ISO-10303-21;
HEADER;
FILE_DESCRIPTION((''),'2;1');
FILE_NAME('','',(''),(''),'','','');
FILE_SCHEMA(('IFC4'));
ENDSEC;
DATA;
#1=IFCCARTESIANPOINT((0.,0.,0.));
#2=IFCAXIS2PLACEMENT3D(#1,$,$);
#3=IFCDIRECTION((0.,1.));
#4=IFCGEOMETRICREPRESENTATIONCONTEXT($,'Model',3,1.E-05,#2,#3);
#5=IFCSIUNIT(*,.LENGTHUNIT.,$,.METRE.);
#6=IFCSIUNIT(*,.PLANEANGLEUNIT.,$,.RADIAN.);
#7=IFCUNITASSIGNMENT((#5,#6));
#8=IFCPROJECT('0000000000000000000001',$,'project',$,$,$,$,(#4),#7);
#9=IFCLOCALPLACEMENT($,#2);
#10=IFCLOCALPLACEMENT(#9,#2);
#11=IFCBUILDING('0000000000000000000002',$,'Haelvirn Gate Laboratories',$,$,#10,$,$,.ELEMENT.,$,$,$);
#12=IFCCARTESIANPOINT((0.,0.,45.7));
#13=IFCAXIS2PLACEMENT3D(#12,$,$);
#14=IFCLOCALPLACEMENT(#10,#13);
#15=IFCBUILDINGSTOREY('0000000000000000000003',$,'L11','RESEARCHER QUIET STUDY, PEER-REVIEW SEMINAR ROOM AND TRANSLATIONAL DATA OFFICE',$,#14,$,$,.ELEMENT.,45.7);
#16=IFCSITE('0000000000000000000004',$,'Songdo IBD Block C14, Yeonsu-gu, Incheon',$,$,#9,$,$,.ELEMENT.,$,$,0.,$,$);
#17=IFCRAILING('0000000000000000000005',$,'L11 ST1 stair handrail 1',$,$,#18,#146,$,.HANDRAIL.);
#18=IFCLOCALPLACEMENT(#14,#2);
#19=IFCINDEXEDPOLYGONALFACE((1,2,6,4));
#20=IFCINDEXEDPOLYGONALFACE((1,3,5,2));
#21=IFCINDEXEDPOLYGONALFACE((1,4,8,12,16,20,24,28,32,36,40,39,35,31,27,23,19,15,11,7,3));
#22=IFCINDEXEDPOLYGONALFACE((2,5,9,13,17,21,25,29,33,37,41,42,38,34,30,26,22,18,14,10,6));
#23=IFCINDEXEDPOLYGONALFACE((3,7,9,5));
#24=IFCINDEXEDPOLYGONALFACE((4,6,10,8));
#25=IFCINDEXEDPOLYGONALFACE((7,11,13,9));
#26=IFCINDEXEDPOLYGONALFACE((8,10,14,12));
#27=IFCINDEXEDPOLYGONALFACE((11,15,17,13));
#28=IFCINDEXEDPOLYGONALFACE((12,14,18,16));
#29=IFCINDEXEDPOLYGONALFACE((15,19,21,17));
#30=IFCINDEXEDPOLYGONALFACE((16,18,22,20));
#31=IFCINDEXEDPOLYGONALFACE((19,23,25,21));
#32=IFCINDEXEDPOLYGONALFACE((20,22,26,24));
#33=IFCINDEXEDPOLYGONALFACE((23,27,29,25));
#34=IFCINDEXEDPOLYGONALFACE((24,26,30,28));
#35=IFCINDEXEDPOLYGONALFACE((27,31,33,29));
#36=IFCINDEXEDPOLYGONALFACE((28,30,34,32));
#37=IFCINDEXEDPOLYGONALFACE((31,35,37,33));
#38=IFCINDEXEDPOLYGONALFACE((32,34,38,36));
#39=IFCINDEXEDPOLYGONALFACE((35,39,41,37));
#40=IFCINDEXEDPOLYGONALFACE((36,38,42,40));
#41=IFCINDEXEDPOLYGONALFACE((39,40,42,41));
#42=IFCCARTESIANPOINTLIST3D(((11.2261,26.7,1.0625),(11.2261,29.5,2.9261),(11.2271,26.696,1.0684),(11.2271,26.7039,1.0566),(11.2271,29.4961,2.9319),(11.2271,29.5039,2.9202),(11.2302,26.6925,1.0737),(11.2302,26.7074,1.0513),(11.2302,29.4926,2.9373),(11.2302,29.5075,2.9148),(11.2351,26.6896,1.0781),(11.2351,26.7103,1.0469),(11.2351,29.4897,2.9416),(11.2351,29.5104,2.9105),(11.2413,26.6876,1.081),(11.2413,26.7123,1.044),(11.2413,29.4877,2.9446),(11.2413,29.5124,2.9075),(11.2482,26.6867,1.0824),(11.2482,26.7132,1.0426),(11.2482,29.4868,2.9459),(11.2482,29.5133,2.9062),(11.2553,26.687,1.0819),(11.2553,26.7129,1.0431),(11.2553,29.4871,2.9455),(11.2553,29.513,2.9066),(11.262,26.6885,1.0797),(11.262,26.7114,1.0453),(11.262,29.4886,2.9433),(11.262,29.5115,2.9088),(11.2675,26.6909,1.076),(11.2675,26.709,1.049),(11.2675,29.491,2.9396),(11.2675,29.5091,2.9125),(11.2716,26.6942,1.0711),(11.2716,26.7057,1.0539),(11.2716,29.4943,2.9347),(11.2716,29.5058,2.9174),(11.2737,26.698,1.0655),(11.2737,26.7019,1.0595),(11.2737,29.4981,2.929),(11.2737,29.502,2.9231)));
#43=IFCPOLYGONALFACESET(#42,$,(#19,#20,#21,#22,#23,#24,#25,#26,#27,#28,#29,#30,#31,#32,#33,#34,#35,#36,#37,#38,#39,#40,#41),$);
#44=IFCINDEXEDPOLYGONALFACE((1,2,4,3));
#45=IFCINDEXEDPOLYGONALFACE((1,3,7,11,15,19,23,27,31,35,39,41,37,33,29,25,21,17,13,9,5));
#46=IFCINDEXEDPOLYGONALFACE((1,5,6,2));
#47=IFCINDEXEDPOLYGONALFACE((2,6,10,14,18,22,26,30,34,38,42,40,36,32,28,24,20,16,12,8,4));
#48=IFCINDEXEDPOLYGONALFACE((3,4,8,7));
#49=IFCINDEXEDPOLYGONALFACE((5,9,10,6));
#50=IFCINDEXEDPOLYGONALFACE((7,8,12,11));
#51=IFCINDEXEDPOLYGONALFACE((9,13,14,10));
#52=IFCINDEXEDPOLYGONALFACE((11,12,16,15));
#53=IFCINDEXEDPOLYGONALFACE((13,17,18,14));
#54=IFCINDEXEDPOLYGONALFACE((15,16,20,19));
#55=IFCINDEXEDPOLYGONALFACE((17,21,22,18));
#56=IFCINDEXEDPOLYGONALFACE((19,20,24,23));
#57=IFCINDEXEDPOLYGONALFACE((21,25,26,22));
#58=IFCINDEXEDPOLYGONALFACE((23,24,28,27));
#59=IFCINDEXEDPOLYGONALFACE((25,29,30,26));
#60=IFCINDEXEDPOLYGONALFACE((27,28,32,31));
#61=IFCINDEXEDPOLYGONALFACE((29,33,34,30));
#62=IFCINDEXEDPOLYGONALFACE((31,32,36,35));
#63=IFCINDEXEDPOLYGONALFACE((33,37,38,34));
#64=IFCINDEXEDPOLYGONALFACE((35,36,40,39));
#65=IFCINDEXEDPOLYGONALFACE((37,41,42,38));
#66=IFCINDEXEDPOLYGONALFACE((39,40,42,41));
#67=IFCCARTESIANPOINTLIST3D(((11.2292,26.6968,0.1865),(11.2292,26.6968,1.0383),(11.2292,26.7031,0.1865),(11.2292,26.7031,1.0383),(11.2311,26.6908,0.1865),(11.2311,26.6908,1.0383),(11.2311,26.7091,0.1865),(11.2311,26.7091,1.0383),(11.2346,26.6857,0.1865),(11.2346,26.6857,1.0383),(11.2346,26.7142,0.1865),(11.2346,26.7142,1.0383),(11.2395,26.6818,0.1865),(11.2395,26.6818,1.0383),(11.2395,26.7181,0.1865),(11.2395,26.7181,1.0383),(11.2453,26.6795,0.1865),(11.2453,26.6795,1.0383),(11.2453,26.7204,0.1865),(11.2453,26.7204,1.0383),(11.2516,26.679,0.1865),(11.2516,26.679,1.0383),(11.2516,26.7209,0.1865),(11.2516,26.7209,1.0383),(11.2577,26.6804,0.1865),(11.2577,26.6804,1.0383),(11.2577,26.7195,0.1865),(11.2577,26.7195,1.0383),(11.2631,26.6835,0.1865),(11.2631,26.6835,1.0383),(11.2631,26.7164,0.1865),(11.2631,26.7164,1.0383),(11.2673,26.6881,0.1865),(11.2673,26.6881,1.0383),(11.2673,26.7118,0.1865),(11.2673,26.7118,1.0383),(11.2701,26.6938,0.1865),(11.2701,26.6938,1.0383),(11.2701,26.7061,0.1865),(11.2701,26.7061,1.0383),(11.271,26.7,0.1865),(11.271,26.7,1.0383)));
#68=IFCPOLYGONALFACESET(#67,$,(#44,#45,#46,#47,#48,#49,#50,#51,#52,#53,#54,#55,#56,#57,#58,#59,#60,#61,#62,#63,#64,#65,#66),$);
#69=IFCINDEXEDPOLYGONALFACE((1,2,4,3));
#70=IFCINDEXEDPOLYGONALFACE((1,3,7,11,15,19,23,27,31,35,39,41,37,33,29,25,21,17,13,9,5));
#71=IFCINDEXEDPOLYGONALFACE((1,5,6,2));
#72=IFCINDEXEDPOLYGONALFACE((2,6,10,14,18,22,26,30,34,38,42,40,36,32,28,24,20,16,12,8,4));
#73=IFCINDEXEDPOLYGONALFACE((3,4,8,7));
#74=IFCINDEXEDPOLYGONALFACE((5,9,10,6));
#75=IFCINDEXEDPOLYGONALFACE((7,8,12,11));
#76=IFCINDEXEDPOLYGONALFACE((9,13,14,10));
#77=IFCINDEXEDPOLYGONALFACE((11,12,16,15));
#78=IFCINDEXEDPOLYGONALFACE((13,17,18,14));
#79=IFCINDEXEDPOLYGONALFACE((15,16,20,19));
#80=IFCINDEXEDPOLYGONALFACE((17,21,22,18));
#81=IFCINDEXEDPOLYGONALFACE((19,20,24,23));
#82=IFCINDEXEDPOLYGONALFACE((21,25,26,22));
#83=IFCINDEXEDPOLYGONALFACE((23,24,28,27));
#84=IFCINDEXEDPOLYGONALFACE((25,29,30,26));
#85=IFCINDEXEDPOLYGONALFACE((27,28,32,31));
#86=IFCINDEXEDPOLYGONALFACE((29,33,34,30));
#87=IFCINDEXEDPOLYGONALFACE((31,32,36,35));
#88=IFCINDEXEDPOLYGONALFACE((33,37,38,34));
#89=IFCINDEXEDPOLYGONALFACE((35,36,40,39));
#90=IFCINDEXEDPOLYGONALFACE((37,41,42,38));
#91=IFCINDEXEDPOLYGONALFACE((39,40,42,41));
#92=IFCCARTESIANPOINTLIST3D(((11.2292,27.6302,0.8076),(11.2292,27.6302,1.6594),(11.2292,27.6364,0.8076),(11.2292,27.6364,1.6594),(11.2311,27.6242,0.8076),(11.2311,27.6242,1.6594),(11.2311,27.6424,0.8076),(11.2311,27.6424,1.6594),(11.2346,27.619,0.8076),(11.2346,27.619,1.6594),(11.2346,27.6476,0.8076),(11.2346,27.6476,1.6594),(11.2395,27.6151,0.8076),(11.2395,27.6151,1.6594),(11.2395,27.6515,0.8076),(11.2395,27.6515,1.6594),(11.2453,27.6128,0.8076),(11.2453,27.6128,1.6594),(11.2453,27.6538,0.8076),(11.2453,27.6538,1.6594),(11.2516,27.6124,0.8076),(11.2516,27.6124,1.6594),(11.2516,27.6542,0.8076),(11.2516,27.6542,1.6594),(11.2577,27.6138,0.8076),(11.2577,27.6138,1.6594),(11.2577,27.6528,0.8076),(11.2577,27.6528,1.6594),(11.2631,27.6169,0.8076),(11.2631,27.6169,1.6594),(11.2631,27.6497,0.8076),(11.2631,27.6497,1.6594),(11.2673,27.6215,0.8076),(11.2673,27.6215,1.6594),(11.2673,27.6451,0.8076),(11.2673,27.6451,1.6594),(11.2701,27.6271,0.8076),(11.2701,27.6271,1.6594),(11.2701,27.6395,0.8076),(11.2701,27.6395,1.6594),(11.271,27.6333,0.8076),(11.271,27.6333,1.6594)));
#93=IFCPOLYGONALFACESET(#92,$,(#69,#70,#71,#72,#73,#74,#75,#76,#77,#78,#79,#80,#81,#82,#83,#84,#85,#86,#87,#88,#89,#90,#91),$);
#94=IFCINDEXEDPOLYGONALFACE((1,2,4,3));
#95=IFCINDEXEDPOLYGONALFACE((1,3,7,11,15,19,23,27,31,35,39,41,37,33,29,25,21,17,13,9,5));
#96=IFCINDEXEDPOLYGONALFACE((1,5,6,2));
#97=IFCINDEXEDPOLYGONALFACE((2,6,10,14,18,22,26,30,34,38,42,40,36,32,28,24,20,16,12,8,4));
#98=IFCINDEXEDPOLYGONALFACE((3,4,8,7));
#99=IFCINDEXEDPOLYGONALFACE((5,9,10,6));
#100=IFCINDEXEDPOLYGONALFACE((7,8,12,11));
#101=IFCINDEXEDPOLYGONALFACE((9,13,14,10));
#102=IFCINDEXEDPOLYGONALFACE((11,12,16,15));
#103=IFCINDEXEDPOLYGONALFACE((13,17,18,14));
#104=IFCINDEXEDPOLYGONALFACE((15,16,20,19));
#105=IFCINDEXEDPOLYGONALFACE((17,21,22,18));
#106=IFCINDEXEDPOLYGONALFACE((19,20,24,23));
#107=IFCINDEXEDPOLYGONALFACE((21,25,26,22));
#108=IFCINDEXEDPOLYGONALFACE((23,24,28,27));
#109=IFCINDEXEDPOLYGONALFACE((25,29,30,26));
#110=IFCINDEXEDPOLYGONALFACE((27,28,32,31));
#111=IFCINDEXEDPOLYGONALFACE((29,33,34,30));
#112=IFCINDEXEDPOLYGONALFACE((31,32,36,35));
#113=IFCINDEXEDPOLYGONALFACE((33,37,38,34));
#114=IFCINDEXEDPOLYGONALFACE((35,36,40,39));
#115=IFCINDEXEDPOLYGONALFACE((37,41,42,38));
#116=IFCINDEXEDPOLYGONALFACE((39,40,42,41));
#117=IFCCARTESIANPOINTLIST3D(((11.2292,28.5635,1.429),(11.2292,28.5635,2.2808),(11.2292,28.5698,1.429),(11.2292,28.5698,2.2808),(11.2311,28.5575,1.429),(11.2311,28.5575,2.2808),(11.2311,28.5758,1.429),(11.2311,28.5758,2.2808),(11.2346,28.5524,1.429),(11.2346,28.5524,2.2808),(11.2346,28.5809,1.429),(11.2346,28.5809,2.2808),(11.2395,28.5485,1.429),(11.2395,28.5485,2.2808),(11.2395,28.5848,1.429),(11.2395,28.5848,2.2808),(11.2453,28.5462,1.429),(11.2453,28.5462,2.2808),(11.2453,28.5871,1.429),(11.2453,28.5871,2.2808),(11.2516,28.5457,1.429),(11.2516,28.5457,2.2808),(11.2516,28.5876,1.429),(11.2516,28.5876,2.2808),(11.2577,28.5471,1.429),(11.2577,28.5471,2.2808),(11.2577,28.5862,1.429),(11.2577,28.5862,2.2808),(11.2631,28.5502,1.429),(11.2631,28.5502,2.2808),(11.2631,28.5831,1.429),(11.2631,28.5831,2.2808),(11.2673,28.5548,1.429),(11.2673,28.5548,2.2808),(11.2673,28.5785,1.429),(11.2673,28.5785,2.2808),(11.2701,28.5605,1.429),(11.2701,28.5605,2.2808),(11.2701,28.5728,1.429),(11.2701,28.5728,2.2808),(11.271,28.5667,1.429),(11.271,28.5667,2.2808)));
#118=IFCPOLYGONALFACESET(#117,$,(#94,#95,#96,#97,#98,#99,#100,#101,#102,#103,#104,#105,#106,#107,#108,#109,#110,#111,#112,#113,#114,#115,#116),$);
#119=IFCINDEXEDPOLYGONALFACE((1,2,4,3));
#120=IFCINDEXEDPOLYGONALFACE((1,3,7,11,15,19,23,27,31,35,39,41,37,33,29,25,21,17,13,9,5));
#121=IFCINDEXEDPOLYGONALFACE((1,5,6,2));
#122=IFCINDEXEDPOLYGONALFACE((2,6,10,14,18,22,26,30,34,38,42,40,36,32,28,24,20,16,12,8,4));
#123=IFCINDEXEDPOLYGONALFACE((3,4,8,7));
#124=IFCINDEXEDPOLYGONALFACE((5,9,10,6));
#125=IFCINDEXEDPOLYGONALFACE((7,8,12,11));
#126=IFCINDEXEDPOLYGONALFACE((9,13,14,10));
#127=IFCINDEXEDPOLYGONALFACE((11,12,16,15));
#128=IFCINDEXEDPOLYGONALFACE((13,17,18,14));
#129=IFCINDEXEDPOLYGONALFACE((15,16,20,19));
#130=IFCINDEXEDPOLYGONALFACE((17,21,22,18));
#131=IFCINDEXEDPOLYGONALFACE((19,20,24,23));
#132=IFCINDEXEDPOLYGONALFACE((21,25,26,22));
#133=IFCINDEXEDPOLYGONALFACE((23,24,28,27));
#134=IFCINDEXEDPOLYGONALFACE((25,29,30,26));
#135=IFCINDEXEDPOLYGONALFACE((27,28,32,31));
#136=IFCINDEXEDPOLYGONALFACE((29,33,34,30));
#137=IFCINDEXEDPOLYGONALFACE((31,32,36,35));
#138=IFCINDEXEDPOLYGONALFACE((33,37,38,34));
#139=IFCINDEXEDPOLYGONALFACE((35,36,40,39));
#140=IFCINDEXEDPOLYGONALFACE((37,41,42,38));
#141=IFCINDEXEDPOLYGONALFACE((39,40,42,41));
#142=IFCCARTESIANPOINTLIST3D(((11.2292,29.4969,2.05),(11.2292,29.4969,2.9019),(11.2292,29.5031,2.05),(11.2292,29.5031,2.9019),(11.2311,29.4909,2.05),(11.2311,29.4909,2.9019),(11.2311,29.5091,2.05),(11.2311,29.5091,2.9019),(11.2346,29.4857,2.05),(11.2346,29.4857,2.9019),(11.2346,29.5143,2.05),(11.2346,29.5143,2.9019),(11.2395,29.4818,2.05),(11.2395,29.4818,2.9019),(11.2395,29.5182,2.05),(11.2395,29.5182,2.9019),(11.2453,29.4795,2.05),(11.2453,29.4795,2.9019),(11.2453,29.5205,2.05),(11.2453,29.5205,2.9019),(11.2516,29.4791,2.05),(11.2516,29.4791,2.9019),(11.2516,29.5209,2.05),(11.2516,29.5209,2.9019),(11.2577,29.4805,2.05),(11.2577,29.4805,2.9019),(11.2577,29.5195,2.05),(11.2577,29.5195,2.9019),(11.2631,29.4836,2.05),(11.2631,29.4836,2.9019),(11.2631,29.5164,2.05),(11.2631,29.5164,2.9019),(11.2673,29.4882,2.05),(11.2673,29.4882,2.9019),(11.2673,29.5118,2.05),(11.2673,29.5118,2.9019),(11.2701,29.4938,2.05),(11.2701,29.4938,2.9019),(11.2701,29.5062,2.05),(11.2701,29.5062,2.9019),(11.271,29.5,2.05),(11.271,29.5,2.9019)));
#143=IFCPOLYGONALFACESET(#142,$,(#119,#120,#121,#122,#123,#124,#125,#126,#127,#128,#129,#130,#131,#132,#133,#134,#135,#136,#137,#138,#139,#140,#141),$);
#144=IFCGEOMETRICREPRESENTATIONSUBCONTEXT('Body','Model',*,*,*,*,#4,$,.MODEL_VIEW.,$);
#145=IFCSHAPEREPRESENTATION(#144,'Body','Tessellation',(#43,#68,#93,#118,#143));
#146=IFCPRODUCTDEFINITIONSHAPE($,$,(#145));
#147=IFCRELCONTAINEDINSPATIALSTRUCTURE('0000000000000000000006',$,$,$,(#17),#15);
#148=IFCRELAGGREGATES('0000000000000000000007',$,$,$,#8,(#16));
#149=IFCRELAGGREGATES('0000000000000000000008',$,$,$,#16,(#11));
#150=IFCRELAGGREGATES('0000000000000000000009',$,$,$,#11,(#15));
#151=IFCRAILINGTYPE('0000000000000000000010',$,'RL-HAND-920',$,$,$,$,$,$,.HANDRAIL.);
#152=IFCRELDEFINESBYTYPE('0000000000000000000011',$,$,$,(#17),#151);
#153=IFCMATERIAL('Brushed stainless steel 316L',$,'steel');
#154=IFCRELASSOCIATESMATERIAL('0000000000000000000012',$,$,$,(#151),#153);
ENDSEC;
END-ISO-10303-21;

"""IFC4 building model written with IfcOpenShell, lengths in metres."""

from ifc_helpers import new_model, si_unit, direction, frame, origin, origin_2d, place, context, subcontext, project, spatial, circle, extrude, source, transform, mapped, material, type_object, element, save


model = new_model("IFC4")

# Units and contexts
model_context = context("Model", 3, precision=1e-05, world=origin(), true_north=direction((0.0, 1.0)))
body_context = subcontext(model_context, "Body", "Model", "MODEL_VIEW")
ifc_project = project(units=[si_unit("LENGTHUNIT", "METRE"), si_unit("PLANEANGLEUNIT", "RADIAN")], contexts=[model_context])

# Site, building, storey
site_placement = place(None, origin())
site = spatial("IfcSite", under=ifc_project, at=site_placement, Name="Songdo IBD Block C14, Yeonsu-gu, Incheon", CompositionType="ELEMENT", RefElevation=0.0)
building_placement = place(site_placement, origin())
building = spatial("IfcBuilding", under=site, at=building_placement, Name="Haelvirn Gate Laboratories", CompositionType="ELEMENT")
storey_placement = place(building_placement, frame((0.0, 0.0, 45.7)))
storey = spatial("IfcBuildingStorey", under=building, at=storey_placement, Name="L11", Description="RESEARCHER QUIET STUDY, PEER-REVIEW SEMINAR ROOM AND TRANSLATIONAL DATA OFFICE", CompositionType="ELEMENT", Elevation=45.7)

# Railing
ifc_material_1 = material(Name="Brushed stainless steel 316L", Category="steel")
railing_type_1 = type_object("IfcRailingType", Name="RL-HAND-920", PredefinedType="HANDRAIL", material=ifc_material_1)
shared_shape_1 = source(origin(), body_context, "Body", "SweptSolid", [
    extrude(circle(Radius=0.0239, at=origin_2d()), frame((0.0, 0.0, 0.876), z_axis=(0.0, 0.832486, 0.554047), x_axis=(-1.0, 0.0, 0.0)), (0.0, 0.0, 1.0), 3.3635),
    extrude(circle(Radius=0.021, at=origin_2d()), origin(), (0.0, 0.0, 1.0), 0.8518),
    extrude(circle(Radius=0.021, at=origin_2d()), frame((0.0, 0.9333, 0.6211)), (0.0, 0.0, 1.0), 0.8518),
    extrude(circle(Radius=0.021, at=origin_2d()), frame((0.0, 1.8667, 1.2424)), (0.0, 0.0, 1.0), 0.8518),
    extrude(circle(Radius=0.021, at=origin_2d()), frame((0.0, 2.8, 1.8635)), (0.0, 0.0, 1.0), 0.8518),
])
railing_1_placement = place(storey_placement, frame((11.25, 26.7, 0.1865)))
element("IfcRailing", 1, at=railing_1_placement, inside=storey, type_object=railing_type_1, Name="L11 ST1 stair handrail 1", PredefinedType="HANDRAIL", context=body_context, shape_type="MappedRepresentation", body=[
    mapped(shared_shape_1, transform((0.0, 0.0, 0.0), scale=1.0)),
])

save(model, "model.ifc")
